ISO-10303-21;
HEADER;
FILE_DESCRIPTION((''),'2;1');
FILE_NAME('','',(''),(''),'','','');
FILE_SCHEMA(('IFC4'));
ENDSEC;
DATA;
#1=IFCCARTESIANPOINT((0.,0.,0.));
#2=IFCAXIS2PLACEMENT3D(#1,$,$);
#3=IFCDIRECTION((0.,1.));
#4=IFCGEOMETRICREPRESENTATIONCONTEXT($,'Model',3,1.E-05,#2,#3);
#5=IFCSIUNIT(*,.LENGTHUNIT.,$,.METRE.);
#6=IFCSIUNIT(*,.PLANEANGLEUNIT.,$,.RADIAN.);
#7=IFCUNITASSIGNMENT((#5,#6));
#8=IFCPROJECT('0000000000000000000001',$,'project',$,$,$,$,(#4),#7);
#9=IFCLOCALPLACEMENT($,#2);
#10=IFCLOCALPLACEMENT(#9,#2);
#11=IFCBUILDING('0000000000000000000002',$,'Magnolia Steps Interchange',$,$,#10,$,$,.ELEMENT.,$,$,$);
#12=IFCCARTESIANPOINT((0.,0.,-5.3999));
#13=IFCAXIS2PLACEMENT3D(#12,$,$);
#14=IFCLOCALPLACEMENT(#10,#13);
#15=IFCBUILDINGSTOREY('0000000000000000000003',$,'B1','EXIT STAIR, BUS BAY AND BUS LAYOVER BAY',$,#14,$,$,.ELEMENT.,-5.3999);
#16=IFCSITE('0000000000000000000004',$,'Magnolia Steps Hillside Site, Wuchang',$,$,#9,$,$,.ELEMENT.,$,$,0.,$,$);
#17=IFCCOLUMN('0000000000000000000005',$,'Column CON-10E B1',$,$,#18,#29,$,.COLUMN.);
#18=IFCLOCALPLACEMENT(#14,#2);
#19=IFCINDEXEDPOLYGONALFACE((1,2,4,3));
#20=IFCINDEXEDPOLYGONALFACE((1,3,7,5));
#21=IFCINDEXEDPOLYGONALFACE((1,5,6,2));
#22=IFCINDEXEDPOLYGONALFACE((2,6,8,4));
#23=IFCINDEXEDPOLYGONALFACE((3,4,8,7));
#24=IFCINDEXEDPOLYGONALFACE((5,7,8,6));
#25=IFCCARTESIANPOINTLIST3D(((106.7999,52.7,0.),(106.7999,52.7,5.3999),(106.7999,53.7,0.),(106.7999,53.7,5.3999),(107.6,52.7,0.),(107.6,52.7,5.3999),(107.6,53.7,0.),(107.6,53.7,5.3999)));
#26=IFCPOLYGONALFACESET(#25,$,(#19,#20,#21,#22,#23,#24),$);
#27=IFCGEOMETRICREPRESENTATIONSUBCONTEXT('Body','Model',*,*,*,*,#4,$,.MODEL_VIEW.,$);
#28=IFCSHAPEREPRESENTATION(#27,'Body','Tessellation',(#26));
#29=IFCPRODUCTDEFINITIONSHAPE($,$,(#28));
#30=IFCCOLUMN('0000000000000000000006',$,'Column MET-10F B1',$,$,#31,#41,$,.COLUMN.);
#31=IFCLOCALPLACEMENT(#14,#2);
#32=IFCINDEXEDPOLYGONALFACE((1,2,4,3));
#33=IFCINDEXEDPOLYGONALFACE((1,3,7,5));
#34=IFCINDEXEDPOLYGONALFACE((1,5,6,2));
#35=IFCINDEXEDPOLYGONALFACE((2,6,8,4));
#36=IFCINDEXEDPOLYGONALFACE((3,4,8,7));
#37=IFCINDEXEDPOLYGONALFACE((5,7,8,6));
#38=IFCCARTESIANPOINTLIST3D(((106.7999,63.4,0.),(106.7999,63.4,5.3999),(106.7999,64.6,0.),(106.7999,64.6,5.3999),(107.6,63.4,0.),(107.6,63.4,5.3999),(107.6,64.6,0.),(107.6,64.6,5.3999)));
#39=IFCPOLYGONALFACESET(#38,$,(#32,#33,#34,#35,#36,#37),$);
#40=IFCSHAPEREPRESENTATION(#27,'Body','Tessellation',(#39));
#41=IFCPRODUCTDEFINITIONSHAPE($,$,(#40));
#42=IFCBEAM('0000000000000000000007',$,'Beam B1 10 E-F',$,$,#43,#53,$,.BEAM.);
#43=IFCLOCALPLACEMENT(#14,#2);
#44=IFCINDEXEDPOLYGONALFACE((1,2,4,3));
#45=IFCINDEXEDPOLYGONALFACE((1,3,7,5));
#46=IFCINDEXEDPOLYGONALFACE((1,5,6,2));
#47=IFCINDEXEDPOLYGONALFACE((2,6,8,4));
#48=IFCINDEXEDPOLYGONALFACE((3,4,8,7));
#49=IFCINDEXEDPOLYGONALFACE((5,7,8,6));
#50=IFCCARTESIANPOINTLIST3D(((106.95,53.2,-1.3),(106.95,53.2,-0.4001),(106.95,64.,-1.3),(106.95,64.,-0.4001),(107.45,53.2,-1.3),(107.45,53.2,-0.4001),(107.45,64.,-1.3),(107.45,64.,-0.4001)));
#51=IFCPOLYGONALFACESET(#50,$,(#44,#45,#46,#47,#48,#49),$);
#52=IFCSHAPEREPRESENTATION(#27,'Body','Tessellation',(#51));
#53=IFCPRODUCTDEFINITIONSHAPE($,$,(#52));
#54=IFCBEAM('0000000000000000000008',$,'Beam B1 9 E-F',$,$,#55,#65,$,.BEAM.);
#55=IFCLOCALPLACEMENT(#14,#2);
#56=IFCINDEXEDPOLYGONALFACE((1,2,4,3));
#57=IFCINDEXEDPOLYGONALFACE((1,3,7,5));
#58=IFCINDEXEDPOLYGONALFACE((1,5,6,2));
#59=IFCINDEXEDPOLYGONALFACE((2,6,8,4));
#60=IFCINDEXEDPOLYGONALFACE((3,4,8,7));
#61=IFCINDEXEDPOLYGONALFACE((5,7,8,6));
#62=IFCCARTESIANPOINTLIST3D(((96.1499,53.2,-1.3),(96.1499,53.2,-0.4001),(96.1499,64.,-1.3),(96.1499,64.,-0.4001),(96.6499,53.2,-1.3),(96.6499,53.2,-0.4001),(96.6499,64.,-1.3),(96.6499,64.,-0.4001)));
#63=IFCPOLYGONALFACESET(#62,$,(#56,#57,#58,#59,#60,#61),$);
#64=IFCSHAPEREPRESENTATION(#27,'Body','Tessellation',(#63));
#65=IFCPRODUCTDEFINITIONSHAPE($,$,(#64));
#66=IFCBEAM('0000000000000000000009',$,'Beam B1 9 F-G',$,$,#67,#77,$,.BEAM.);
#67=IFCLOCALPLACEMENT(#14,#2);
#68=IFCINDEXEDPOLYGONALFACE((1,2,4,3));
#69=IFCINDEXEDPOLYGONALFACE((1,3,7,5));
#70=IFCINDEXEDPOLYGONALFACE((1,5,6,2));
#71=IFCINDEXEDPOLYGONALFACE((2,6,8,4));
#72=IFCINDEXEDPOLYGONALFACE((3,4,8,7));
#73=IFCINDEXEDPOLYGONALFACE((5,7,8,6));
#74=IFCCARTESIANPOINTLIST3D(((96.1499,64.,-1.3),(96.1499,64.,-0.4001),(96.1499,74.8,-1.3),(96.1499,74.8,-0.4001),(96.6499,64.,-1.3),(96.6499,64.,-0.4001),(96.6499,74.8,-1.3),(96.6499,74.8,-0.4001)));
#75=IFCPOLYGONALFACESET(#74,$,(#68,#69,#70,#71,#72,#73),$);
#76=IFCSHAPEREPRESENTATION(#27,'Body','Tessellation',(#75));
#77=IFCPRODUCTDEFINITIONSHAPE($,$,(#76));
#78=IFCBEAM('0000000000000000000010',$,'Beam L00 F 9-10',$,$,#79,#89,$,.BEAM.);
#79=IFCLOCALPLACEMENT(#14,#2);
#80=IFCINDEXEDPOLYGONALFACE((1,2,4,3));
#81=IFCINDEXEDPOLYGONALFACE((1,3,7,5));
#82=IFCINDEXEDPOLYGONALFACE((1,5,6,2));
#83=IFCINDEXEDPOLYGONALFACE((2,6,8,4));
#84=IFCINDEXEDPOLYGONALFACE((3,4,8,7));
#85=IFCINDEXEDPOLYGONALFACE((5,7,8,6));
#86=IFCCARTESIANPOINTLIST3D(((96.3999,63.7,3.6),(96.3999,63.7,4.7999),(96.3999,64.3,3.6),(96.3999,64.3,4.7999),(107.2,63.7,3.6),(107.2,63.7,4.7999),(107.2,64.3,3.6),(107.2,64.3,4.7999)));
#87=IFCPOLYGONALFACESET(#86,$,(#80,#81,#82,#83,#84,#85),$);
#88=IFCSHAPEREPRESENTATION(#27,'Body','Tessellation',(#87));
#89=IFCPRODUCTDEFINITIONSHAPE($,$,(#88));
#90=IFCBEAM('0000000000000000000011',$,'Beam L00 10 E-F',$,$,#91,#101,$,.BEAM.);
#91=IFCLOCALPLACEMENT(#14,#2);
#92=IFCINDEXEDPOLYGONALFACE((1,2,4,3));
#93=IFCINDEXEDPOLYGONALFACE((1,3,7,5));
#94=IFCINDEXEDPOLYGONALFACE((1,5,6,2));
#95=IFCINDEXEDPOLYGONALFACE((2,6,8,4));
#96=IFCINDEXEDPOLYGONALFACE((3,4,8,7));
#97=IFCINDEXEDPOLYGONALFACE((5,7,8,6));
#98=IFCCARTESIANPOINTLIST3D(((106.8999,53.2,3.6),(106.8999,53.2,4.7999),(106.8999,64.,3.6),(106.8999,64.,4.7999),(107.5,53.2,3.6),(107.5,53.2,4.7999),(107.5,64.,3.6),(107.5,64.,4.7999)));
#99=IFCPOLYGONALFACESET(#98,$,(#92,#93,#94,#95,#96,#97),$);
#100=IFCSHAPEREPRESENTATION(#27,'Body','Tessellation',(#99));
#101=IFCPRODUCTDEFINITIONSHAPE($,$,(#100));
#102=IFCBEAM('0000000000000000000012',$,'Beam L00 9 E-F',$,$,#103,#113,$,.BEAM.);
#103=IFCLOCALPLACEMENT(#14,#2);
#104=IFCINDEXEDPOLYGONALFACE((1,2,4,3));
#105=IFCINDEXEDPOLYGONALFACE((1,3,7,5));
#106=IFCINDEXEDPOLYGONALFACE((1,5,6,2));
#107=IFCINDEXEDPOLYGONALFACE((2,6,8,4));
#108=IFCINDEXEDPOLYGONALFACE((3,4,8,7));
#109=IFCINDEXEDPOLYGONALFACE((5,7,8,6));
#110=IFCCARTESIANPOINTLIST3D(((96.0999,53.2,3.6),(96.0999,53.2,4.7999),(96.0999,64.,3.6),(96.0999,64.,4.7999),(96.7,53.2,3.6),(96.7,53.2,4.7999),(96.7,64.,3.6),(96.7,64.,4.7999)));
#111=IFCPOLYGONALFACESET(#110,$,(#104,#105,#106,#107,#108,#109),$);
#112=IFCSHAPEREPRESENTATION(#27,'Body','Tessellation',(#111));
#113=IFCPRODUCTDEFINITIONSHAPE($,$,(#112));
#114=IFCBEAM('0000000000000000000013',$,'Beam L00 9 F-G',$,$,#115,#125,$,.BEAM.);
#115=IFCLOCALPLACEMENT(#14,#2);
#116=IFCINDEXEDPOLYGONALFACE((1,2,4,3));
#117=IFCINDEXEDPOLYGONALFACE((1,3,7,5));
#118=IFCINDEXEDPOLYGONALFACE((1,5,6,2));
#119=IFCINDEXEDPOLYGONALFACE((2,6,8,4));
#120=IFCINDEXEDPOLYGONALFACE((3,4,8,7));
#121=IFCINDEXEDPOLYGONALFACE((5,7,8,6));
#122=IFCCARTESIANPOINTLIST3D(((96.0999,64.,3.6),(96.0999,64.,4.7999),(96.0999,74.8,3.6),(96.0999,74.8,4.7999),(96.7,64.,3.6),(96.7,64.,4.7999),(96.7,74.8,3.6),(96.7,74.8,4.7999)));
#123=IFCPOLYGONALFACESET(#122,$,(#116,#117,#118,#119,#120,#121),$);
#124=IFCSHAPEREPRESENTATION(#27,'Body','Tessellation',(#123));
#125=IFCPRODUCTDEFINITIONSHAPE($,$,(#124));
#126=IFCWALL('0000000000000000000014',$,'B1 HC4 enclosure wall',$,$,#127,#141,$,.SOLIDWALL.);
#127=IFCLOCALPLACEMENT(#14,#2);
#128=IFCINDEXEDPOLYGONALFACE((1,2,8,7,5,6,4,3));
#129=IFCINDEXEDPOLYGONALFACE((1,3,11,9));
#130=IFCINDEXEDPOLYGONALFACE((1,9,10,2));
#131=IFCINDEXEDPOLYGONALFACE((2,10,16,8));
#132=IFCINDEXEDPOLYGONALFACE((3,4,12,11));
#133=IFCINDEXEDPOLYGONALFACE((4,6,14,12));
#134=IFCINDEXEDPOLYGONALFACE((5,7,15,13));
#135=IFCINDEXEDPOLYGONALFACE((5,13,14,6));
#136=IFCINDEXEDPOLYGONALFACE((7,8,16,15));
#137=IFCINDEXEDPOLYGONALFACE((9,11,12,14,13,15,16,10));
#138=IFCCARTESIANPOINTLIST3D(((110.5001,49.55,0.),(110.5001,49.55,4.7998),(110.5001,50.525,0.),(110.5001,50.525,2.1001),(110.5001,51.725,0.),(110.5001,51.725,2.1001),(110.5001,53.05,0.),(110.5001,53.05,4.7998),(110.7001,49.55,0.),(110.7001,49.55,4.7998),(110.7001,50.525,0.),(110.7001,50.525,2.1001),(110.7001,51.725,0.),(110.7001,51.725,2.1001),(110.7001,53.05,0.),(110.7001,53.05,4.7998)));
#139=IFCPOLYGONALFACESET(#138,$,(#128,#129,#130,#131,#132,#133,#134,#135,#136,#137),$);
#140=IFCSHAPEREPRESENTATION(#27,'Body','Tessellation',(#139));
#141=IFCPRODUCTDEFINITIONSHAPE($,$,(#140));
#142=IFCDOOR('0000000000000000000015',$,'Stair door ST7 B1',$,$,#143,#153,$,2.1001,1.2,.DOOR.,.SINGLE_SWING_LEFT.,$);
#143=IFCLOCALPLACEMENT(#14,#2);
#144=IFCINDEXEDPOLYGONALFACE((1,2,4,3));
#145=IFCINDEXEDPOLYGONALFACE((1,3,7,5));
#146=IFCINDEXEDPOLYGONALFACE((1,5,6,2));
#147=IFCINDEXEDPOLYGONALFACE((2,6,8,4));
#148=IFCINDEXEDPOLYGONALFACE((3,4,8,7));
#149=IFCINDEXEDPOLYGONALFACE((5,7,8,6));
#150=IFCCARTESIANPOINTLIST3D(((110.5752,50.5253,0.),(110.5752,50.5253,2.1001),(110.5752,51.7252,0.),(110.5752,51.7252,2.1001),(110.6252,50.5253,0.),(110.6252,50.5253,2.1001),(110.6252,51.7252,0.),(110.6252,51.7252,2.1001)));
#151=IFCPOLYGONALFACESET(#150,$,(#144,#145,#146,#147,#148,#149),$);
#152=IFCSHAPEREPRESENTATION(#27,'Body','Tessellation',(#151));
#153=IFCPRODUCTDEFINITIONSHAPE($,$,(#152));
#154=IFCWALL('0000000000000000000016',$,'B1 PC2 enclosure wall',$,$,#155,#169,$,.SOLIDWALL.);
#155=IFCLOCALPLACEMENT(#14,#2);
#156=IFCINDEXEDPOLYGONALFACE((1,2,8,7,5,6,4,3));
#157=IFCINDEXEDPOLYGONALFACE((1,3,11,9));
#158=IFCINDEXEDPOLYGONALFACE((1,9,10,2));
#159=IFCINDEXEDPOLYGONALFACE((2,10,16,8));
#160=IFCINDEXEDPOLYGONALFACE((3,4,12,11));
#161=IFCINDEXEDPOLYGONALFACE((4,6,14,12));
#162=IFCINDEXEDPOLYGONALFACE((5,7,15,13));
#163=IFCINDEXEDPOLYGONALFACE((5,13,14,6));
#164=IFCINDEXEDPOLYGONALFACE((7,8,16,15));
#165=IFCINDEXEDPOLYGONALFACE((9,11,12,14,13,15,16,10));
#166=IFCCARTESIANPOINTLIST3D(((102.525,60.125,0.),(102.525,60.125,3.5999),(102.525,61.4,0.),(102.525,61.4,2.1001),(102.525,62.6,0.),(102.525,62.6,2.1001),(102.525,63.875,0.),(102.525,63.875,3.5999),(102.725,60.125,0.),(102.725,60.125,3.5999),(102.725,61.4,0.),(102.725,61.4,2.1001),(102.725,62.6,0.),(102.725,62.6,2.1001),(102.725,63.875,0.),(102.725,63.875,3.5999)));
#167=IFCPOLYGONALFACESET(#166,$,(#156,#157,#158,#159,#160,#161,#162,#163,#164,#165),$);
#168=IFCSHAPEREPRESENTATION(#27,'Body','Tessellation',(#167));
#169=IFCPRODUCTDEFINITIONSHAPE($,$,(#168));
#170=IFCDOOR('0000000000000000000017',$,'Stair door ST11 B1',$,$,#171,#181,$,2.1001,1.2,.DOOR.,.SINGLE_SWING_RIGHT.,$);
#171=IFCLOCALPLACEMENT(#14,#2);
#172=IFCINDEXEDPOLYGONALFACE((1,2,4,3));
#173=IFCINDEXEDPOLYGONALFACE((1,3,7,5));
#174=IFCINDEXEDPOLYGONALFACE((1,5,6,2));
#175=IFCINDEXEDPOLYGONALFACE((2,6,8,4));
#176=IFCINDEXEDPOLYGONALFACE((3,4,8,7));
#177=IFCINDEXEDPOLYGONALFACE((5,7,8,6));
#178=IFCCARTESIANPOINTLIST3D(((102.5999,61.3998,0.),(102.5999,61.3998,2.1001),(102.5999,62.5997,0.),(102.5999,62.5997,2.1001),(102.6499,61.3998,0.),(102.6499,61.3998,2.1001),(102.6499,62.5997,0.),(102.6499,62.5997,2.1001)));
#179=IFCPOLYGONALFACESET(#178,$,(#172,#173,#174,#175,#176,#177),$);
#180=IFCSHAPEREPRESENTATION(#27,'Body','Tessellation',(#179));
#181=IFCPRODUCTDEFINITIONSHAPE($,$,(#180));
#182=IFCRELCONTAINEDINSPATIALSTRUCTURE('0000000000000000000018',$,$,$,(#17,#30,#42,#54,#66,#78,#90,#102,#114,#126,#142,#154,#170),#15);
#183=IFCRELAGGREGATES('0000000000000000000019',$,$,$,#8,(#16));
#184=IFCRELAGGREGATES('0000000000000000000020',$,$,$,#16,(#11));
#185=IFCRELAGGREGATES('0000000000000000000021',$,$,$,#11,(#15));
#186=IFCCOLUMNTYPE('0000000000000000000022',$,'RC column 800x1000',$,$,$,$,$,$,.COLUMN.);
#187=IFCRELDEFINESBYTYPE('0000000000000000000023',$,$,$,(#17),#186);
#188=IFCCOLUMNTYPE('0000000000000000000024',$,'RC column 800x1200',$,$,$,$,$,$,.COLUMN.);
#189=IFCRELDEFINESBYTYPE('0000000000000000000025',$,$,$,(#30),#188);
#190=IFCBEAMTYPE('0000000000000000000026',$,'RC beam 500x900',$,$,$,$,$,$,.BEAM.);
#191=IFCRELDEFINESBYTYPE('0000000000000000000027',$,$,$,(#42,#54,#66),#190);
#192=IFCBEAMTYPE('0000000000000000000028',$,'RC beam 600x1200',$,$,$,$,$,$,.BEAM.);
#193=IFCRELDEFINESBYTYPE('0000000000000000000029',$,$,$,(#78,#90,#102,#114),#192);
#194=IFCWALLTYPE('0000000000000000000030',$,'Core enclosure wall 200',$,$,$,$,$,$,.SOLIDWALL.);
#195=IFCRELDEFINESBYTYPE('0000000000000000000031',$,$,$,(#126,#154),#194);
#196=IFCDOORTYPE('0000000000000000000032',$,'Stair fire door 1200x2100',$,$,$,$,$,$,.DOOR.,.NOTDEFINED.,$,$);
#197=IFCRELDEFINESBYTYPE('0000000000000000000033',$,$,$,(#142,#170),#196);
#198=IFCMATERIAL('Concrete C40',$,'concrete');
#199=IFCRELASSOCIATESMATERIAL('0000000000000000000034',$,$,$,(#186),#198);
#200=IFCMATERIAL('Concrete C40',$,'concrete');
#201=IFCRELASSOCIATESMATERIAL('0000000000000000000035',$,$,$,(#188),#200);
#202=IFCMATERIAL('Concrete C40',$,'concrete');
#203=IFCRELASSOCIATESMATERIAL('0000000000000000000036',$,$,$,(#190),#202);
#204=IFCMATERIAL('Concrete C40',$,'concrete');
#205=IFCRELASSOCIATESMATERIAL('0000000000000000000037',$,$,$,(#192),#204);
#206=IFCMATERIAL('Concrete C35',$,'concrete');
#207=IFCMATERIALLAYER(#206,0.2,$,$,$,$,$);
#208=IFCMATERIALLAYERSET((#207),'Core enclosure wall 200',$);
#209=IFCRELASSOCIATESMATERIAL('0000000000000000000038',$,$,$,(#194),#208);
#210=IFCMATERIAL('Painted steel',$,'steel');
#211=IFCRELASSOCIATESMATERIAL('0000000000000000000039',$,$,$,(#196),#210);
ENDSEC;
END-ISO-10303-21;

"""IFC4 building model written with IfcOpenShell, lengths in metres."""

from ifc_helpers import new_model, si_unit, direction, frame, frame_2d, origin, origin_2d, place, context, subcontext, project, spatial, rectangle, extrude, material, layer, layer_set, material_profile, profile_set, type_object, element, fill, save


model = new_model("IFC4")

# Units and contexts
model_context = context("Model", 3, precision=1e-05, world=origin(), true_north=direction((0.0, 1.0)))
body_context = subcontext(model_context, "Body", "Model", "MODEL_VIEW")
ifc_project = project(units=[si_unit("LENGTHUNIT", "METRE"), si_unit("PLANEANGLEUNIT", "RADIAN")], contexts=[model_context])

# Site, building, storey
site_placement = place(None, origin())
site = spatial("IfcSite", under=ifc_project, at=site_placement, Name="Magnolia Steps Hillside Site, Wuchang", CompositionType="ELEMENT", RefElevation=0.0)
building_placement = place(site_placement, origin())
building = spatial("IfcBuilding", under=site, at=building_placement, Name="Magnolia Steps Interchange", CompositionType="ELEMENT")
storey_placement = place(building_placement, frame((0.0, 0.0, -5.3999)))
storey = spatial("IfcBuildingStorey", under=building, at=storey_placement, Name="B1", Description="EXIT STAIR, BUS BAY AND BUS LAYOVER BAY", CompositionType="ELEMENT", Elevation=-5.3999)

# Columns
ifc_material_1 = material(Name="Concrete C40", Category="concrete")
ifc_material_profile_1 = material_profile(ifc_material_1, rectangle(XDim=0.8, YDim=1.0, at=origin_2d()), Name="RC800x1000")
ifc_profile_set_1 = profile_set([ifc_material_profile_1], Name="Concrete C40")
column_type_1 = type_object("IfcColumnType", Name="RC column 800x1000", PredefinedType="COLUMN", material=ifc_profile_set_1)
column_1_placement = place(storey_placement, frame((107.2, 53.2, 0.0), z_axis=(0.0, 0.0, 1.0), x_axis=(1.0, 0.0, 0.0)))
element("IfcColumn", 1, at=column_1_placement, inside=storey, type_object=column_type_1, Name="Column CON-10E B1", PredefinedType="COLUMN", context=body_context, shape_type="SweptSolid", body=[
    extrude(rectangle(XDim=0.8, YDim=1.0, at=origin_2d()), origin(), (0.0, 0.0, 1.0), 5.3999),
])
ifc_material_2 = material(Name="Concrete C40", Category="concrete")
ifc_material_profile_2 = material_profile(ifc_material_2, rectangle(XDim=0.8, YDim=1.2, at=origin_2d()), Name="RC800x1200")
ifc_profile_set_2 = profile_set([ifc_material_profile_2], Name="Concrete C40")
column_type_2 = type_object("IfcColumnType", Name="RC column 800x1200", PredefinedType="COLUMN", material=ifc_profile_set_2)
column_2_placement = place(storey_placement, frame((107.2, 64.0, 0.0), z_axis=(0.0, 0.0, 1.0), x_axis=(1.0, 0.0, 0.0)))
element("IfcColumn", 2, at=column_2_placement, inside=storey, type_object=column_type_2, Name="Column MET-10F B1", PredefinedType="COLUMN", context=body_context, shape_type="SweptSolid", body=[
    extrude(rectangle(XDim=0.8, YDim=1.2, at=origin_2d()), origin(), (0.0, 0.0, 1.0), 5.3999),
])

# Beams
ifc_material_3 = material(Name="Concrete C40", Category="concrete")
ifc_material_profile_3 = material_profile(ifc_material_3, rectangle(XDim=0.5, YDim=0.8999, at=origin_2d()), Name="RC500x900")
ifc_profile_set_3 = profile_set([ifc_material_profile_3], Name="Concrete C40")
beam_type_1 = type_object("IfcBeamType", Name="RC beam 500x900", PredefinedType="BEAM", material=ifc_profile_set_3)
for number, where, z_axis, x_axis, name in (
    (3, (107.2, 53.2, -0.8501), (0.0, 1.0, 0.0), (-1.0, 0.0, 0.0), "Beam B1 10 E-F"),
    (4, (96.3999, 53.2, -0.8501), (0.0, 1.0, 0.0), (-1.0, 0.0, 0.0), "Beam B1 9 E-F"),
    (5, (96.3999, 64.0, -0.8501), (0.0, 1.0, 0.0), (-1.0, 0.0, 0.0), "Beam B1 9 F-G"),
):
    element("IfcBeam", number, at=place(storey_placement, frame(where, z_axis=z_axis, x_axis=x_axis)), inside=storey, type_object=beam_type_1, Name=name, PredefinedType="BEAM", context=body_context, shape_type="SweptSolid", body=[
        extrude(rectangle(XDim=0.5, YDim=0.8999, at=origin_2d()), origin(), (0.0, 0.0, 1.0), 10.8),
    ])
ifc_material_4 = material(Name="Concrete C40", Category="concrete")
ifc_material_profile_4 = material_profile(ifc_material_4, rectangle(XDim=0.6001, YDim=1.2, at=origin_2d()), Name="RC600x1200")
ifc_profile_set_4 = profile_set([ifc_material_profile_4], Name="Concrete C40")
beam_type_2 = type_object("IfcBeamType", Name="RC beam 600x1200", PredefinedType="BEAM", material=ifc_profile_set_4)
for number, where, z_axis, x_axis, name in (
    (6, (96.3999, 64.0, 4.2), (1.0, 0.0, 0.0), (0.0, 1.0, 0.0), "Beam L00 F 9-10"),
    (7, (107.2, 53.2, 4.2), (0.0, 1.0, 0.0), (-1.0, 0.0, 0.0), "Beam L00 10 E-F"),
    (8, (96.3999, 53.2, 4.2), (0.0, 1.0, 0.0), (-1.0, 0.0, 0.0), "Beam L00 9 E-F"),
    (9, (96.3999, 64.0, 4.2), (0.0, 1.0, 0.0), (-1.0, 0.0, 0.0), "Beam L00 9 F-G"),
):
    element("IfcBeam", number, at=place(storey_placement, frame(where, z_axis=z_axis, x_axis=x_axis)), inside=storey, type_object=beam_type_2, Name=name, PredefinedType="BEAM", context=body_context, shape_type="SweptSolid", body=[
        extrude(rectangle(XDim=0.6001, YDim=1.2, at=origin_2d()), origin(), (0.0, 0.0, 1.0), 10.8),
    ])

# Walls, openings, doors
ifc_material_5 = material(Name="Concrete C35", Category="concrete")
ifc_layer_1 = layer(ifc_material_5, 0.2)
ifc_layer_set_1 = layer_set([ifc_layer_1], Name="Core enclosure wall 200")
wall_type_1 = type_object("IfcWallType", Name="Core enclosure wall 200", PredefinedType="SOLIDWALL", material=ifc_layer_set_1)
wall_1_placement = place(storey_placement, frame((110.6001, 53.05, 0.0), z_axis=(0.0, 0.0, 1.0), x_axis=(0.0, -1.0, 0.0)))
wall_1 = element("IfcWall", 10, at=wall_1_placement, inside=storey, type_object=wall_type_1, Name="B1 HC4 enclosure wall", PredefinedType="SOLIDWALL", context=body_context, shape_type="SweptSolid", body=[
    extrude(rectangle(XDim=3.5, YDim=0.2, at=frame_2d((1.75, 0.0))), origin(), (0.0, 0.0, 1.0), 4.7998),
])
opening_1_placement = place(wall_1_placement, frame((1.325, 0.0, 0.0)))
opening_1 = element("IfcOpeningElement", 11, at=opening_1_placement, cuts=wall_1, PredefinedType="OPENING", context=body_context, shape_type="SweptSolid", body=[
    extrude(rectangle(XDim=1.2, YDim=2.1001, at=frame_2d((0.6001, 1.05))), frame((0.0, 0.1099, 0.0), z_axis=(0.0, -1.0, 0.0), x_axis=(1.0, 0.0, 0.0)), (0.0, 0.0, 1.0), 0.22),
])
ifc_material_6 = material(Name="Painted steel", Category="steel")
door_type_1 = type_object("IfcDoorType", Name="Stair fire door 1200x2100", OperationType="NOTDEFINED", PredefinedType="DOOR", material=ifc_material_6)
door_1_placement = place(opening_1_placement, frame((1.2, 0.0, 0.0), z_axis=(0.0, 0.0, 1.0), x_axis=(-1.0, 0.0, 0.0)))
door_1 = element("IfcDoor", 12, at=door_1_placement, inside=storey, type_object=door_type_1, Name="Stair door ST7 B1", OperationType="SINGLE_SWING_LEFT", OverallHeight=2.1001, OverallWidth=1.2, PredefinedType="DOOR", context=body_context, shape_type="SweptSolid", body=[
    extrude(rectangle(XDim=1.2, YDim=2.1001, at=frame_2d((0.6001, 1.05))), frame((0.0, 0.0249, 0.0), z_axis=(0.0, -1.0, 0.0), x_axis=(1.0, 0.0, 0.0)), (0.0, 0.0, 1.0), 0.05),
])
fill(opening_1, door_1)
wall_2_placement = place(storey_placement, frame((102.625, 60.125, 0.0), z_axis=(0.0, 0.0, 1.0), x_axis=(0.0, 1.0, 0.0)))
wall_2 = element("IfcWall", 13, at=wall_2_placement, inside=storey, type_object=wall_type_1, Name="B1 PC2 enclosure wall", PredefinedType="SOLIDWALL", context=body_context, shape_type="SweptSolid", body=[
    extrude(rectangle(XDim=3.75, YDim=0.2, at=frame_2d((1.875, 0.0))), origin(), (0.0, 0.0, 1.0), 3.5999),
])
opening_2_placement = place(wall_2_placement, frame((1.2749, 0.0, 0.0)))
opening_2 = element("IfcOpeningElement", 14, at=opening_2_placement, cuts=wall_2, PredefinedType="OPENING", context=body_context, shape_type="SweptSolid", body=[
    extrude(rectangle(XDim=1.2, YDim=2.1001, at=frame_2d((0.6001, 1.05))), frame((0.0, 0.1099, 0.0), z_axis=(0.0, -1.0, 0.0), x_axis=(1.0, 0.0, 0.0)), (0.0, 0.0, 1.0), 0.22),
])
door_2_placement = place(opening_2_placement, frame((1.2, 0.0, 0.0), z_axis=(0.0, 0.0, 1.0), x_axis=(-1.0, 0.0, 0.0)))
door_2 = element("IfcDoor", 15, at=door_2_placement, inside=storey, type_object=door_type_1, Name="Stair door ST11 B1", OperationType="SINGLE_SWING_RIGHT", OverallHeight=2.1001, OverallWidth=1.2, PredefinedType="DOOR", context=body_context, shape_type="SweptSolid", body=[
    extrude(rectangle(XDim=1.2, YDim=2.1001, at=frame_2d((0.6001, 1.05))), frame((0.0, 0.0249, 0.0), z_axis=(0.0, -1.0, 0.0), x_axis=(1.0, 0.0, 0.0)), (0.0, 0.0, 1.0), 0.05),
])
fill(opening_2, door_2)

save(model, "model.ifc")
